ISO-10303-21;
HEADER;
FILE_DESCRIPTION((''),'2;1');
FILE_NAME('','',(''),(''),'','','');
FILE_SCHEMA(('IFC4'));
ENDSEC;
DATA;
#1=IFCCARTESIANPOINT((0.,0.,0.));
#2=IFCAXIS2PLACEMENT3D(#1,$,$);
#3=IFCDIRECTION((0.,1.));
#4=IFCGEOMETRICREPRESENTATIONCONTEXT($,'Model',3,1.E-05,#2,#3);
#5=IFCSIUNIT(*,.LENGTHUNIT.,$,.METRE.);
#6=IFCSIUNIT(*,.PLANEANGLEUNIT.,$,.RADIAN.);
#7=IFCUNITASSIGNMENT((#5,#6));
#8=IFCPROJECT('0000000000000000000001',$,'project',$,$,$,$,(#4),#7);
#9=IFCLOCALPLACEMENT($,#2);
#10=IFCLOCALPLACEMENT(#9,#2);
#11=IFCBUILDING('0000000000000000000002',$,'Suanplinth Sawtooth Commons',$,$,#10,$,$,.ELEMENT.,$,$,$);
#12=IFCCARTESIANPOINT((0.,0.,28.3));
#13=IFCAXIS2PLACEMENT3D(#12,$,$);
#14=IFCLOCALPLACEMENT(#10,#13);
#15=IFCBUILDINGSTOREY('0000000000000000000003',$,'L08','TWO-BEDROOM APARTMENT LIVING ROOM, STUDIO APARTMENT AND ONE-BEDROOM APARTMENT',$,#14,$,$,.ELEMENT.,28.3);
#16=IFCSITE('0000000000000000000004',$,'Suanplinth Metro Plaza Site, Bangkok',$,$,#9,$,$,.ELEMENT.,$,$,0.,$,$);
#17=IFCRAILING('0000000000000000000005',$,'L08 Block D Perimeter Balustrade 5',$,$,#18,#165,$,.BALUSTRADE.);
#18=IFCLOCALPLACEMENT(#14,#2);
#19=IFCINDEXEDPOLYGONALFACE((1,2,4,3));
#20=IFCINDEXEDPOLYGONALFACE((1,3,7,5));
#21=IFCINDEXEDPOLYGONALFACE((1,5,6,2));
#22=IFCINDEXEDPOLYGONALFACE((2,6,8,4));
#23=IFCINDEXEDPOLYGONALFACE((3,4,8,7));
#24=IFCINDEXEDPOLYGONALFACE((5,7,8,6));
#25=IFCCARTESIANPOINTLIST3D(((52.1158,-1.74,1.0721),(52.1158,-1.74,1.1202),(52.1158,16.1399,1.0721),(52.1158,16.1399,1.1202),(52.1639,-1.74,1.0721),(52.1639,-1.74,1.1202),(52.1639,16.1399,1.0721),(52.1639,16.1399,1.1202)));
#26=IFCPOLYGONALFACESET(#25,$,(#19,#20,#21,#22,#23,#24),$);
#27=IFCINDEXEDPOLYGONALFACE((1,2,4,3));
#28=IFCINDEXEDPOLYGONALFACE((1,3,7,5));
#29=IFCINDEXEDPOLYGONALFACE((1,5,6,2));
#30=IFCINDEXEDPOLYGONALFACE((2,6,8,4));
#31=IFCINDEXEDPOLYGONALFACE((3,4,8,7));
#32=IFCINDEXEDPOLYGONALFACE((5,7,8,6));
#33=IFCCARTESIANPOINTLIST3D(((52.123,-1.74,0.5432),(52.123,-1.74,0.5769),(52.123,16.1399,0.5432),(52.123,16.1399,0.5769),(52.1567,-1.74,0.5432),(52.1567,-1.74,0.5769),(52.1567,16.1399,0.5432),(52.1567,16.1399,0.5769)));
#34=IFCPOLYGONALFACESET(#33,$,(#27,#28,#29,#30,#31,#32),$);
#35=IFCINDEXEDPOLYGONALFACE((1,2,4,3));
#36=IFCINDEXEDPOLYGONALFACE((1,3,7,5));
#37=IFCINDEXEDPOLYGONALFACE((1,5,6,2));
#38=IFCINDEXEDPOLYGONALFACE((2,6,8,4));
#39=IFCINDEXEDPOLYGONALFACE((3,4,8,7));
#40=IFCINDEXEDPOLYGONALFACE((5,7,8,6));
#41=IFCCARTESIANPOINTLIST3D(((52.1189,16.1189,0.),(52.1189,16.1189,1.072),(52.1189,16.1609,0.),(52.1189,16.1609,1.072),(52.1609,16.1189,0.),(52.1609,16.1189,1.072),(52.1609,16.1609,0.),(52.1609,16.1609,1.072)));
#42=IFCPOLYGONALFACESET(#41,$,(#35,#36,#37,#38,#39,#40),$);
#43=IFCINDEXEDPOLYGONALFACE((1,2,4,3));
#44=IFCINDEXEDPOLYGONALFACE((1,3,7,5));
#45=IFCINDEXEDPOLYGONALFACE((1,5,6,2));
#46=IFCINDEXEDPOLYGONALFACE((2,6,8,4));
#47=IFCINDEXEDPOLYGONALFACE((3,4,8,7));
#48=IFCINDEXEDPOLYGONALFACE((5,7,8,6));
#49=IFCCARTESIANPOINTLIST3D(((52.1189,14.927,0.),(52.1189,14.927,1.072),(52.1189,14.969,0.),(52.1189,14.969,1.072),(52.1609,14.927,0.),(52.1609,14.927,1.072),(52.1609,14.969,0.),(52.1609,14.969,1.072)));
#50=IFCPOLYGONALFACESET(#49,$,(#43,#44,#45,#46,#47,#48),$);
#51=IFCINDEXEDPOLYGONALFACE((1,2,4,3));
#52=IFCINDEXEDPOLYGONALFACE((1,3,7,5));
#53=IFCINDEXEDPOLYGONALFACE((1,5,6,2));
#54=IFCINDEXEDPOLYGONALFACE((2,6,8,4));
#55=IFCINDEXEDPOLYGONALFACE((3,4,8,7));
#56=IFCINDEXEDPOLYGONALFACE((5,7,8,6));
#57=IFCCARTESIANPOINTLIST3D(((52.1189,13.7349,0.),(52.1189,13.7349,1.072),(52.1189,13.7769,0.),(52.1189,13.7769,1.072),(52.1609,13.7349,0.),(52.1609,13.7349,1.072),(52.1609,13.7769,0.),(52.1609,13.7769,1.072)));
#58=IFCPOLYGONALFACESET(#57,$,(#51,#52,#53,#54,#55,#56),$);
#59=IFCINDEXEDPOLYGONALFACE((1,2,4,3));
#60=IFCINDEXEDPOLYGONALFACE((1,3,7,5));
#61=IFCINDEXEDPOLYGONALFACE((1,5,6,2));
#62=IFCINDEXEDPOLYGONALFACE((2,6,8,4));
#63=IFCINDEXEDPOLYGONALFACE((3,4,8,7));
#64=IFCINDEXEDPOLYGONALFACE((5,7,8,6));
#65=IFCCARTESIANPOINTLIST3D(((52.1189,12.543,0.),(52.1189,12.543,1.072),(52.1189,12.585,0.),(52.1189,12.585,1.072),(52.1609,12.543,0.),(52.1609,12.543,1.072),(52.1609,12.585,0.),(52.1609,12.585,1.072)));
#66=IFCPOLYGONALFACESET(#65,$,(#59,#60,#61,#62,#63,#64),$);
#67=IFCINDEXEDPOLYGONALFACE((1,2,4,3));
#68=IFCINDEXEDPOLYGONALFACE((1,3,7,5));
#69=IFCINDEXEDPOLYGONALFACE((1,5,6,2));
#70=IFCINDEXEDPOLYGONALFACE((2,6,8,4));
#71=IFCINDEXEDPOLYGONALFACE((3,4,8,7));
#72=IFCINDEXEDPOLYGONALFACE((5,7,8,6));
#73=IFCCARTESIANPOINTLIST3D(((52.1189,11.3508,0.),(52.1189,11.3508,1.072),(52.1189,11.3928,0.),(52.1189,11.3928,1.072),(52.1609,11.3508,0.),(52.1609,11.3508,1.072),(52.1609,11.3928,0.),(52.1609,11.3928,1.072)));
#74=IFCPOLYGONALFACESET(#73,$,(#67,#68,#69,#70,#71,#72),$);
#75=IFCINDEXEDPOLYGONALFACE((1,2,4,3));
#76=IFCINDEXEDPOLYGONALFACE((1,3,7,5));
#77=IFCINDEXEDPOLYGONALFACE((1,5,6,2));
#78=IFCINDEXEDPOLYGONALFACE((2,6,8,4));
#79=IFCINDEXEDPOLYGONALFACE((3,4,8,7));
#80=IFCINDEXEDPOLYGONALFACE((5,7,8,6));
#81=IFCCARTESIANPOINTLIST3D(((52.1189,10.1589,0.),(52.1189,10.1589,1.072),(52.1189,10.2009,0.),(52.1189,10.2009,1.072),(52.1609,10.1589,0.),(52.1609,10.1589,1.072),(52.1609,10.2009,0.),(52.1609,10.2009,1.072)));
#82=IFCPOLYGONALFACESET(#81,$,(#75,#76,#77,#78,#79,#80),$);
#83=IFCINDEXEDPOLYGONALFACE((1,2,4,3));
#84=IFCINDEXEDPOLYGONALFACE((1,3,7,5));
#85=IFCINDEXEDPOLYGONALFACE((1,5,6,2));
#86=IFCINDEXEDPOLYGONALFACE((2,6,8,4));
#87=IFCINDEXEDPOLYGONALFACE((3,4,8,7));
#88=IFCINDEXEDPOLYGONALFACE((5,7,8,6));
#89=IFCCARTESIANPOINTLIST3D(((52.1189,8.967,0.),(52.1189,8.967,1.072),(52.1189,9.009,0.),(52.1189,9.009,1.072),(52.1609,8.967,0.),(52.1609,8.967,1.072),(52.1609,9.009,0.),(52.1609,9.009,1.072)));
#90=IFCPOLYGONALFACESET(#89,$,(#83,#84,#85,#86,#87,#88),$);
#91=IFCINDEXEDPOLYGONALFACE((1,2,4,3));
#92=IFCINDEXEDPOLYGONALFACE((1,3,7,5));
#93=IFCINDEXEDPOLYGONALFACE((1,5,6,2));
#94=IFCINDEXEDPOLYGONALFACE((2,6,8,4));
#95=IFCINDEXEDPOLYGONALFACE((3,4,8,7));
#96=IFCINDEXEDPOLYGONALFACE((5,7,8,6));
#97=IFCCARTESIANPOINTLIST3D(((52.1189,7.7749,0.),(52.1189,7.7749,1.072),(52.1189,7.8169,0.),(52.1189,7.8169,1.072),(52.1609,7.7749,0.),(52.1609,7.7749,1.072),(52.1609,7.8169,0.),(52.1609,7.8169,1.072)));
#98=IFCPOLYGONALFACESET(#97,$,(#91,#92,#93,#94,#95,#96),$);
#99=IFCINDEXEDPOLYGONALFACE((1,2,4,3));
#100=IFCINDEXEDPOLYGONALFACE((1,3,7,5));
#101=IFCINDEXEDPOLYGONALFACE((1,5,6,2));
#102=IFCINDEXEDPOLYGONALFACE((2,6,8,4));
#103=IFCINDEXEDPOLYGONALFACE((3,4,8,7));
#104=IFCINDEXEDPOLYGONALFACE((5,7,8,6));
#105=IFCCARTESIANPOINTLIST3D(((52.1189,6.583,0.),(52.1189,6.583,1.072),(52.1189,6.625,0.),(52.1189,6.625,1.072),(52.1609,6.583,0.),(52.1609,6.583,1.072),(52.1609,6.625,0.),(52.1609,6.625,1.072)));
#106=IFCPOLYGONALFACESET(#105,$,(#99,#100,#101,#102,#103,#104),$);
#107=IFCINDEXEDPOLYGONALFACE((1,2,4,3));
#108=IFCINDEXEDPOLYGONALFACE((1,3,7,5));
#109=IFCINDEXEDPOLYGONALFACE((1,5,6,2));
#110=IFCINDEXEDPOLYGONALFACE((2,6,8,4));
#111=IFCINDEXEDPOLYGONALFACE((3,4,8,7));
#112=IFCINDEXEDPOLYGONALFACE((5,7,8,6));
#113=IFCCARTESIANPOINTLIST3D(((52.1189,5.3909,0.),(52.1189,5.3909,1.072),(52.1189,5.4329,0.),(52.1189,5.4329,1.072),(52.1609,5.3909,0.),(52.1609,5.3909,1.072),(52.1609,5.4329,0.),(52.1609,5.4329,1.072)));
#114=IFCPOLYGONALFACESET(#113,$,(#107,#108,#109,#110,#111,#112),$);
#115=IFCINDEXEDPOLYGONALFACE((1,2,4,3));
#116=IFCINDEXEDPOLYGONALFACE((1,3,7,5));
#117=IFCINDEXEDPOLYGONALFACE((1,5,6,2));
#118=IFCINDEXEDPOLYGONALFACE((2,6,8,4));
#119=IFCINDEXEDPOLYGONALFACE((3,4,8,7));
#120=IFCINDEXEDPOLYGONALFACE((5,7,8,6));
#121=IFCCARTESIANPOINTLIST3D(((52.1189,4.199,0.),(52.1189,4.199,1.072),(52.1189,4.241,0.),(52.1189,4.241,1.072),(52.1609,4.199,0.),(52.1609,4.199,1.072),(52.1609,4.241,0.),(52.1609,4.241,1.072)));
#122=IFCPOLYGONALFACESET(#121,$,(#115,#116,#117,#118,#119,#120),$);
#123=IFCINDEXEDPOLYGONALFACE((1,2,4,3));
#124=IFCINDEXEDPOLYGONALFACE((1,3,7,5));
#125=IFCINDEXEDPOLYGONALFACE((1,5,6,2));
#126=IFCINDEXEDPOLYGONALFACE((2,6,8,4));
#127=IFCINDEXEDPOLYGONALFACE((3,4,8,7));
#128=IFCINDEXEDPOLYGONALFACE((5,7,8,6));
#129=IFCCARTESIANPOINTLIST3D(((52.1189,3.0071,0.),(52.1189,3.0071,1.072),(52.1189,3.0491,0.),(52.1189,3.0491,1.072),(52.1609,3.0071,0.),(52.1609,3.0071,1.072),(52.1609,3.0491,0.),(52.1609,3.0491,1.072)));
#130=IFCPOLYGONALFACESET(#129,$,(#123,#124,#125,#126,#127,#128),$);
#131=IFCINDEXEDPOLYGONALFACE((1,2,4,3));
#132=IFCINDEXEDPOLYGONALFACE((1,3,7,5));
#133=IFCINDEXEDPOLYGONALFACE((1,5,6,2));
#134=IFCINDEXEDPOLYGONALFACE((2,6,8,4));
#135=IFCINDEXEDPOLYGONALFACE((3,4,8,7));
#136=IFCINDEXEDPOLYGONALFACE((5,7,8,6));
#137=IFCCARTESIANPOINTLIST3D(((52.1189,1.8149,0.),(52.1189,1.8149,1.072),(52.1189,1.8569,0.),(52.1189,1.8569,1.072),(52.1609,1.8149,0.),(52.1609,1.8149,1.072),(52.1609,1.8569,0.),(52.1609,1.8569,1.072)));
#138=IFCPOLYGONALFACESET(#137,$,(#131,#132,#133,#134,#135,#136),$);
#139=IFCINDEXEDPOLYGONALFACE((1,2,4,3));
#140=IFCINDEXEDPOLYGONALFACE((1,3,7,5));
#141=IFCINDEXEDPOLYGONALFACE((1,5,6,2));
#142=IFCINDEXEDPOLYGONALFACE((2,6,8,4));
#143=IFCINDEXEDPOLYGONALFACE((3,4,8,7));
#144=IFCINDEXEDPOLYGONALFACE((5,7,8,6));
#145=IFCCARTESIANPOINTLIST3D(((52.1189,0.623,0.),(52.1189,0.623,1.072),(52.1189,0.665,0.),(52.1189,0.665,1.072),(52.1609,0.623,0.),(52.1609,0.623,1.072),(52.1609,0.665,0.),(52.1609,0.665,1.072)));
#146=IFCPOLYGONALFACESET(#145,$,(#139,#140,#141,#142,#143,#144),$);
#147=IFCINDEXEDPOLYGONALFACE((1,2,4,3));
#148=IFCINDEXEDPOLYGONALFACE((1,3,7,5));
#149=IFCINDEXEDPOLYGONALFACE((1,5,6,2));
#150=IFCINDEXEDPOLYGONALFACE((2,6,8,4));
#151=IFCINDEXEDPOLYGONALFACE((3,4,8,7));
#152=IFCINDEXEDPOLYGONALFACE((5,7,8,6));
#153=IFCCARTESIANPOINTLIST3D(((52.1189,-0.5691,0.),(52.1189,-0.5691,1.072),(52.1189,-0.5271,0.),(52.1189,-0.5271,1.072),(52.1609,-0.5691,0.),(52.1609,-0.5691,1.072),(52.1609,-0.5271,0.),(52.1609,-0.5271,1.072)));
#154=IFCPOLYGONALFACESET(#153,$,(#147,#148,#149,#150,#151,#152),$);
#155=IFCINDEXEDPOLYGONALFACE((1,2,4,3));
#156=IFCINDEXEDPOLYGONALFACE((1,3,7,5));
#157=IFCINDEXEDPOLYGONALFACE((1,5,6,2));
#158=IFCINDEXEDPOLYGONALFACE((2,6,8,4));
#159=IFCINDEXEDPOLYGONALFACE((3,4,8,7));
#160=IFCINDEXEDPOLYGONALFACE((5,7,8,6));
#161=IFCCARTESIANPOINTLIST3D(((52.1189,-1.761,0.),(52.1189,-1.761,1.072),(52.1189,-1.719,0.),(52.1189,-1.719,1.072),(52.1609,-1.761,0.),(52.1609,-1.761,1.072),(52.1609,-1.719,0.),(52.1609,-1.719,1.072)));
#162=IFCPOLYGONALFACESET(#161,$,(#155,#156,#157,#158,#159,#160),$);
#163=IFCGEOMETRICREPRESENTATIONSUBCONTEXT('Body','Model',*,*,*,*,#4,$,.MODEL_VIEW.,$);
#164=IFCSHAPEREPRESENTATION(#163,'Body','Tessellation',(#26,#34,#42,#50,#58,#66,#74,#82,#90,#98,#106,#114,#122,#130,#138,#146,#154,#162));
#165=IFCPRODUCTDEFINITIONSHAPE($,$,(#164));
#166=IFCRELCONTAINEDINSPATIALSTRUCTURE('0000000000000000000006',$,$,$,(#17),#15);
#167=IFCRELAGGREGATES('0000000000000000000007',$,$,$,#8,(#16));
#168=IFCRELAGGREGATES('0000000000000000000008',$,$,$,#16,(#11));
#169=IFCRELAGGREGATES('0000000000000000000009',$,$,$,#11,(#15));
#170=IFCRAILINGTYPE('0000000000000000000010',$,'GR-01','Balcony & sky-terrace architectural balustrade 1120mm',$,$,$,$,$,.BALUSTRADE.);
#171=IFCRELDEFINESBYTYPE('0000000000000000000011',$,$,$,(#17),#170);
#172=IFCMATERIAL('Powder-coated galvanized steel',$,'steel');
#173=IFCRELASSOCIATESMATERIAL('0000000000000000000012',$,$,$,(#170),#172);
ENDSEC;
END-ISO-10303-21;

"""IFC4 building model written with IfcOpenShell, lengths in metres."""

from ifc_helpers import new_model, si_unit, direction, frame, origin, origin_2d, place, context, subcontext, project, spatial, rectangle, extrude, material, type_object, element, save


model = new_model("IFC4")

# Units and contexts
model_context = context("Model", 3, precision=1e-05, world=origin(), true_north=direction((0.0, 1.0)))
body_context = subcontext(model_context, "Body", "Model", "MODEL_VIEW")
ifc_project = project(units=[si_unit("LENGTHUNIT", "METRE"), si_unit("PLANEANGLEUNIT", "RADIAN")], contexts=[model_context])

# Site, building, storey
site_placement = place(None, origin())
site = spatial("IfcSite", under=ifc_project, at=site_placement, Name="Suanplinth Metro Plaza Site, Bangkok", CompositionType="ELEMENT", RefElevation=0.0)
building_placement = place(site_placement, origin())
building = spatial("IfcBuilding", under=site, at=building_placement, Name="Suanplinth Sawtooth Commons", CompositionType="ELEMENT")
storey_placement = place(building_placement, frame((0.0, 0.0, 28.3)))
storey = spatial("IfcBuildingStorey", under=building, at=storey_placement, Name="L08", Description="TWO-BEDROOM APARTMENT LIVING ROOM, STUDIO APARTMENT AND ONE-BEDROOM APARTMENT", CompositionType="ELEMENT", Elevation=28.3)

# Railing
ifc_material_1 = material(Name="Powder-coated galvanized steel", Category="steel")
railing_type = type_object("IfcRailingType", Name="GR-01", Description="Balcony & sky-terrace architectural balustrade 1120mm", PredefinedType="BALUSTRADE", material=ifc_material_1)
railing_1_placement = place(storey_placement, frame((52.1399, 16.1399, 0.0)))
element("IfcRailing", 1, at=railing_1_placement, inside=storey, type_object=railing_type, Name="L08 Block D Perimeter Balustrade 5", PredefinedType="BALUSTRADE", context=body_context, shape_type="SweptSolid", body=[
    extrude(rectangle(XDim=0.0481, YDim=0.0481, at=origin_2d()), frame((0.0, 0.0, 1.0962), z_axis=(0.0, -1.0, 0.0), x_axis=(1.0, 0.0, 0.0)), (0.0, 0.0, 1.0), 17.8799),
    extrude(rectangle(XDim=0.0337, YDim=0.0337, at=origin_2d()), frame((0.0, 0.0, 0.5601), z_axis=(0.0, -1.0, 0.0), x_axis=(1.0, 0.0, 0.0)), (0.0, 0.0, 1.0), 17.8799),
    extrude(rectangle(XDim=0.042, YDim=0.042, at=origin_2d()), origin(), (0.0, 0.0, 1.0), 1.072),
    extrude(rectangle(XDim=0.042, YDim=0.042, at=origin_2d()), frame((0.0, -1.1919, 0.0)), (0.0, 0.0, 1.0), 1.072),
    extrude(rectangle(XDim=0.042, YDim=0.042, at=origin_2d()), frame((0.0, -2.384, 0.0)), (0.0, 0.0, 1.0), 1.072),
    extrude(rectangle(XDim=0.042, YDim=0.042, at=origin_2d()), frame((0.0, -3.5759, 0.0)), (0.0, 0.0, 1.0), 1.072),
    extrude(rectangle(XDim=0.042, YDim=0.042, at=origin_2d()), frame((0.0, -4.7681, 0.0)), (0.0, 0.0, 1.0), 1.072),
    extrude(rectangle(XDim=0.042, YDim=0.042, at=origin_2d()), frame((0.0, -5.96, 0.0)), (0.0, 0.0, 1.0), 1.072),
    extrude(rectangle(XDim=0.042, YDim=0.042, at=origin_2d()), frame((0.0, -7.1519, 0.0)), (0.0, 0.0, 1.0), 1.072),
    extrude(rectangle(XDim=0.042, YDim=0.042, at=origin_2d()), frame((0.0, -8.344, 0.0)), (0.0, 0.0, 1.0), 1.072),
    extrude(rectangle(XDim=0.042, YDim=0.042, at=origin_2d()), frame((0.0, -9.5359, 0.0)), (0.0, 0.0, 1.0), 1.072),
    extrude(rectangle(XDim=0.042, YDim=0.042, at=origin_2d()), frame((0.0, -10.728, 0.0)), (0.0, 0.0, 1.0), 1.072),
    extrude(rectangle(XDim=0.042, YDim=0.042, at=origin_2d()), frame((0.0, -11.9199, 0.0)), (0.0, 0.0, 1.0), 1.072),
    extrude(rectangle(XDim=0.042, YDim=0.042, at=origin_2d()), frame((0.0, -13.1118, 0.0)), (0.0, 0.0, 1.0), 1.072),
    extrude(rectangle(XDim=0.042, YDim=0.042, at=origin_2d()), frame((0.0, -14.304, 0.0)), (0.0, 0.0, 1.0), 1.072),
    extrude(rectangle(XDim=0.042, YDim=0.042, at=origin_2d()), frame((0.0, -15.4958, 0.0)), (0.0, 0.0, 1.0), 1.072),
    extrude(rectangle(XDim=0.042, YDim=0.042, at=origin_2d()), frame((0.0, -16.688, 0.0)), (0.0, 0.0, 1.0), 1.072),
    extrude(rectangle(XDim=0.042, YDim=0.042, at=origin_2d()), frame((0.0, -17.8799, 0.0)), (0.0, 0.0, 1.0), 1.072),
])

save(model, "model.ifc")
